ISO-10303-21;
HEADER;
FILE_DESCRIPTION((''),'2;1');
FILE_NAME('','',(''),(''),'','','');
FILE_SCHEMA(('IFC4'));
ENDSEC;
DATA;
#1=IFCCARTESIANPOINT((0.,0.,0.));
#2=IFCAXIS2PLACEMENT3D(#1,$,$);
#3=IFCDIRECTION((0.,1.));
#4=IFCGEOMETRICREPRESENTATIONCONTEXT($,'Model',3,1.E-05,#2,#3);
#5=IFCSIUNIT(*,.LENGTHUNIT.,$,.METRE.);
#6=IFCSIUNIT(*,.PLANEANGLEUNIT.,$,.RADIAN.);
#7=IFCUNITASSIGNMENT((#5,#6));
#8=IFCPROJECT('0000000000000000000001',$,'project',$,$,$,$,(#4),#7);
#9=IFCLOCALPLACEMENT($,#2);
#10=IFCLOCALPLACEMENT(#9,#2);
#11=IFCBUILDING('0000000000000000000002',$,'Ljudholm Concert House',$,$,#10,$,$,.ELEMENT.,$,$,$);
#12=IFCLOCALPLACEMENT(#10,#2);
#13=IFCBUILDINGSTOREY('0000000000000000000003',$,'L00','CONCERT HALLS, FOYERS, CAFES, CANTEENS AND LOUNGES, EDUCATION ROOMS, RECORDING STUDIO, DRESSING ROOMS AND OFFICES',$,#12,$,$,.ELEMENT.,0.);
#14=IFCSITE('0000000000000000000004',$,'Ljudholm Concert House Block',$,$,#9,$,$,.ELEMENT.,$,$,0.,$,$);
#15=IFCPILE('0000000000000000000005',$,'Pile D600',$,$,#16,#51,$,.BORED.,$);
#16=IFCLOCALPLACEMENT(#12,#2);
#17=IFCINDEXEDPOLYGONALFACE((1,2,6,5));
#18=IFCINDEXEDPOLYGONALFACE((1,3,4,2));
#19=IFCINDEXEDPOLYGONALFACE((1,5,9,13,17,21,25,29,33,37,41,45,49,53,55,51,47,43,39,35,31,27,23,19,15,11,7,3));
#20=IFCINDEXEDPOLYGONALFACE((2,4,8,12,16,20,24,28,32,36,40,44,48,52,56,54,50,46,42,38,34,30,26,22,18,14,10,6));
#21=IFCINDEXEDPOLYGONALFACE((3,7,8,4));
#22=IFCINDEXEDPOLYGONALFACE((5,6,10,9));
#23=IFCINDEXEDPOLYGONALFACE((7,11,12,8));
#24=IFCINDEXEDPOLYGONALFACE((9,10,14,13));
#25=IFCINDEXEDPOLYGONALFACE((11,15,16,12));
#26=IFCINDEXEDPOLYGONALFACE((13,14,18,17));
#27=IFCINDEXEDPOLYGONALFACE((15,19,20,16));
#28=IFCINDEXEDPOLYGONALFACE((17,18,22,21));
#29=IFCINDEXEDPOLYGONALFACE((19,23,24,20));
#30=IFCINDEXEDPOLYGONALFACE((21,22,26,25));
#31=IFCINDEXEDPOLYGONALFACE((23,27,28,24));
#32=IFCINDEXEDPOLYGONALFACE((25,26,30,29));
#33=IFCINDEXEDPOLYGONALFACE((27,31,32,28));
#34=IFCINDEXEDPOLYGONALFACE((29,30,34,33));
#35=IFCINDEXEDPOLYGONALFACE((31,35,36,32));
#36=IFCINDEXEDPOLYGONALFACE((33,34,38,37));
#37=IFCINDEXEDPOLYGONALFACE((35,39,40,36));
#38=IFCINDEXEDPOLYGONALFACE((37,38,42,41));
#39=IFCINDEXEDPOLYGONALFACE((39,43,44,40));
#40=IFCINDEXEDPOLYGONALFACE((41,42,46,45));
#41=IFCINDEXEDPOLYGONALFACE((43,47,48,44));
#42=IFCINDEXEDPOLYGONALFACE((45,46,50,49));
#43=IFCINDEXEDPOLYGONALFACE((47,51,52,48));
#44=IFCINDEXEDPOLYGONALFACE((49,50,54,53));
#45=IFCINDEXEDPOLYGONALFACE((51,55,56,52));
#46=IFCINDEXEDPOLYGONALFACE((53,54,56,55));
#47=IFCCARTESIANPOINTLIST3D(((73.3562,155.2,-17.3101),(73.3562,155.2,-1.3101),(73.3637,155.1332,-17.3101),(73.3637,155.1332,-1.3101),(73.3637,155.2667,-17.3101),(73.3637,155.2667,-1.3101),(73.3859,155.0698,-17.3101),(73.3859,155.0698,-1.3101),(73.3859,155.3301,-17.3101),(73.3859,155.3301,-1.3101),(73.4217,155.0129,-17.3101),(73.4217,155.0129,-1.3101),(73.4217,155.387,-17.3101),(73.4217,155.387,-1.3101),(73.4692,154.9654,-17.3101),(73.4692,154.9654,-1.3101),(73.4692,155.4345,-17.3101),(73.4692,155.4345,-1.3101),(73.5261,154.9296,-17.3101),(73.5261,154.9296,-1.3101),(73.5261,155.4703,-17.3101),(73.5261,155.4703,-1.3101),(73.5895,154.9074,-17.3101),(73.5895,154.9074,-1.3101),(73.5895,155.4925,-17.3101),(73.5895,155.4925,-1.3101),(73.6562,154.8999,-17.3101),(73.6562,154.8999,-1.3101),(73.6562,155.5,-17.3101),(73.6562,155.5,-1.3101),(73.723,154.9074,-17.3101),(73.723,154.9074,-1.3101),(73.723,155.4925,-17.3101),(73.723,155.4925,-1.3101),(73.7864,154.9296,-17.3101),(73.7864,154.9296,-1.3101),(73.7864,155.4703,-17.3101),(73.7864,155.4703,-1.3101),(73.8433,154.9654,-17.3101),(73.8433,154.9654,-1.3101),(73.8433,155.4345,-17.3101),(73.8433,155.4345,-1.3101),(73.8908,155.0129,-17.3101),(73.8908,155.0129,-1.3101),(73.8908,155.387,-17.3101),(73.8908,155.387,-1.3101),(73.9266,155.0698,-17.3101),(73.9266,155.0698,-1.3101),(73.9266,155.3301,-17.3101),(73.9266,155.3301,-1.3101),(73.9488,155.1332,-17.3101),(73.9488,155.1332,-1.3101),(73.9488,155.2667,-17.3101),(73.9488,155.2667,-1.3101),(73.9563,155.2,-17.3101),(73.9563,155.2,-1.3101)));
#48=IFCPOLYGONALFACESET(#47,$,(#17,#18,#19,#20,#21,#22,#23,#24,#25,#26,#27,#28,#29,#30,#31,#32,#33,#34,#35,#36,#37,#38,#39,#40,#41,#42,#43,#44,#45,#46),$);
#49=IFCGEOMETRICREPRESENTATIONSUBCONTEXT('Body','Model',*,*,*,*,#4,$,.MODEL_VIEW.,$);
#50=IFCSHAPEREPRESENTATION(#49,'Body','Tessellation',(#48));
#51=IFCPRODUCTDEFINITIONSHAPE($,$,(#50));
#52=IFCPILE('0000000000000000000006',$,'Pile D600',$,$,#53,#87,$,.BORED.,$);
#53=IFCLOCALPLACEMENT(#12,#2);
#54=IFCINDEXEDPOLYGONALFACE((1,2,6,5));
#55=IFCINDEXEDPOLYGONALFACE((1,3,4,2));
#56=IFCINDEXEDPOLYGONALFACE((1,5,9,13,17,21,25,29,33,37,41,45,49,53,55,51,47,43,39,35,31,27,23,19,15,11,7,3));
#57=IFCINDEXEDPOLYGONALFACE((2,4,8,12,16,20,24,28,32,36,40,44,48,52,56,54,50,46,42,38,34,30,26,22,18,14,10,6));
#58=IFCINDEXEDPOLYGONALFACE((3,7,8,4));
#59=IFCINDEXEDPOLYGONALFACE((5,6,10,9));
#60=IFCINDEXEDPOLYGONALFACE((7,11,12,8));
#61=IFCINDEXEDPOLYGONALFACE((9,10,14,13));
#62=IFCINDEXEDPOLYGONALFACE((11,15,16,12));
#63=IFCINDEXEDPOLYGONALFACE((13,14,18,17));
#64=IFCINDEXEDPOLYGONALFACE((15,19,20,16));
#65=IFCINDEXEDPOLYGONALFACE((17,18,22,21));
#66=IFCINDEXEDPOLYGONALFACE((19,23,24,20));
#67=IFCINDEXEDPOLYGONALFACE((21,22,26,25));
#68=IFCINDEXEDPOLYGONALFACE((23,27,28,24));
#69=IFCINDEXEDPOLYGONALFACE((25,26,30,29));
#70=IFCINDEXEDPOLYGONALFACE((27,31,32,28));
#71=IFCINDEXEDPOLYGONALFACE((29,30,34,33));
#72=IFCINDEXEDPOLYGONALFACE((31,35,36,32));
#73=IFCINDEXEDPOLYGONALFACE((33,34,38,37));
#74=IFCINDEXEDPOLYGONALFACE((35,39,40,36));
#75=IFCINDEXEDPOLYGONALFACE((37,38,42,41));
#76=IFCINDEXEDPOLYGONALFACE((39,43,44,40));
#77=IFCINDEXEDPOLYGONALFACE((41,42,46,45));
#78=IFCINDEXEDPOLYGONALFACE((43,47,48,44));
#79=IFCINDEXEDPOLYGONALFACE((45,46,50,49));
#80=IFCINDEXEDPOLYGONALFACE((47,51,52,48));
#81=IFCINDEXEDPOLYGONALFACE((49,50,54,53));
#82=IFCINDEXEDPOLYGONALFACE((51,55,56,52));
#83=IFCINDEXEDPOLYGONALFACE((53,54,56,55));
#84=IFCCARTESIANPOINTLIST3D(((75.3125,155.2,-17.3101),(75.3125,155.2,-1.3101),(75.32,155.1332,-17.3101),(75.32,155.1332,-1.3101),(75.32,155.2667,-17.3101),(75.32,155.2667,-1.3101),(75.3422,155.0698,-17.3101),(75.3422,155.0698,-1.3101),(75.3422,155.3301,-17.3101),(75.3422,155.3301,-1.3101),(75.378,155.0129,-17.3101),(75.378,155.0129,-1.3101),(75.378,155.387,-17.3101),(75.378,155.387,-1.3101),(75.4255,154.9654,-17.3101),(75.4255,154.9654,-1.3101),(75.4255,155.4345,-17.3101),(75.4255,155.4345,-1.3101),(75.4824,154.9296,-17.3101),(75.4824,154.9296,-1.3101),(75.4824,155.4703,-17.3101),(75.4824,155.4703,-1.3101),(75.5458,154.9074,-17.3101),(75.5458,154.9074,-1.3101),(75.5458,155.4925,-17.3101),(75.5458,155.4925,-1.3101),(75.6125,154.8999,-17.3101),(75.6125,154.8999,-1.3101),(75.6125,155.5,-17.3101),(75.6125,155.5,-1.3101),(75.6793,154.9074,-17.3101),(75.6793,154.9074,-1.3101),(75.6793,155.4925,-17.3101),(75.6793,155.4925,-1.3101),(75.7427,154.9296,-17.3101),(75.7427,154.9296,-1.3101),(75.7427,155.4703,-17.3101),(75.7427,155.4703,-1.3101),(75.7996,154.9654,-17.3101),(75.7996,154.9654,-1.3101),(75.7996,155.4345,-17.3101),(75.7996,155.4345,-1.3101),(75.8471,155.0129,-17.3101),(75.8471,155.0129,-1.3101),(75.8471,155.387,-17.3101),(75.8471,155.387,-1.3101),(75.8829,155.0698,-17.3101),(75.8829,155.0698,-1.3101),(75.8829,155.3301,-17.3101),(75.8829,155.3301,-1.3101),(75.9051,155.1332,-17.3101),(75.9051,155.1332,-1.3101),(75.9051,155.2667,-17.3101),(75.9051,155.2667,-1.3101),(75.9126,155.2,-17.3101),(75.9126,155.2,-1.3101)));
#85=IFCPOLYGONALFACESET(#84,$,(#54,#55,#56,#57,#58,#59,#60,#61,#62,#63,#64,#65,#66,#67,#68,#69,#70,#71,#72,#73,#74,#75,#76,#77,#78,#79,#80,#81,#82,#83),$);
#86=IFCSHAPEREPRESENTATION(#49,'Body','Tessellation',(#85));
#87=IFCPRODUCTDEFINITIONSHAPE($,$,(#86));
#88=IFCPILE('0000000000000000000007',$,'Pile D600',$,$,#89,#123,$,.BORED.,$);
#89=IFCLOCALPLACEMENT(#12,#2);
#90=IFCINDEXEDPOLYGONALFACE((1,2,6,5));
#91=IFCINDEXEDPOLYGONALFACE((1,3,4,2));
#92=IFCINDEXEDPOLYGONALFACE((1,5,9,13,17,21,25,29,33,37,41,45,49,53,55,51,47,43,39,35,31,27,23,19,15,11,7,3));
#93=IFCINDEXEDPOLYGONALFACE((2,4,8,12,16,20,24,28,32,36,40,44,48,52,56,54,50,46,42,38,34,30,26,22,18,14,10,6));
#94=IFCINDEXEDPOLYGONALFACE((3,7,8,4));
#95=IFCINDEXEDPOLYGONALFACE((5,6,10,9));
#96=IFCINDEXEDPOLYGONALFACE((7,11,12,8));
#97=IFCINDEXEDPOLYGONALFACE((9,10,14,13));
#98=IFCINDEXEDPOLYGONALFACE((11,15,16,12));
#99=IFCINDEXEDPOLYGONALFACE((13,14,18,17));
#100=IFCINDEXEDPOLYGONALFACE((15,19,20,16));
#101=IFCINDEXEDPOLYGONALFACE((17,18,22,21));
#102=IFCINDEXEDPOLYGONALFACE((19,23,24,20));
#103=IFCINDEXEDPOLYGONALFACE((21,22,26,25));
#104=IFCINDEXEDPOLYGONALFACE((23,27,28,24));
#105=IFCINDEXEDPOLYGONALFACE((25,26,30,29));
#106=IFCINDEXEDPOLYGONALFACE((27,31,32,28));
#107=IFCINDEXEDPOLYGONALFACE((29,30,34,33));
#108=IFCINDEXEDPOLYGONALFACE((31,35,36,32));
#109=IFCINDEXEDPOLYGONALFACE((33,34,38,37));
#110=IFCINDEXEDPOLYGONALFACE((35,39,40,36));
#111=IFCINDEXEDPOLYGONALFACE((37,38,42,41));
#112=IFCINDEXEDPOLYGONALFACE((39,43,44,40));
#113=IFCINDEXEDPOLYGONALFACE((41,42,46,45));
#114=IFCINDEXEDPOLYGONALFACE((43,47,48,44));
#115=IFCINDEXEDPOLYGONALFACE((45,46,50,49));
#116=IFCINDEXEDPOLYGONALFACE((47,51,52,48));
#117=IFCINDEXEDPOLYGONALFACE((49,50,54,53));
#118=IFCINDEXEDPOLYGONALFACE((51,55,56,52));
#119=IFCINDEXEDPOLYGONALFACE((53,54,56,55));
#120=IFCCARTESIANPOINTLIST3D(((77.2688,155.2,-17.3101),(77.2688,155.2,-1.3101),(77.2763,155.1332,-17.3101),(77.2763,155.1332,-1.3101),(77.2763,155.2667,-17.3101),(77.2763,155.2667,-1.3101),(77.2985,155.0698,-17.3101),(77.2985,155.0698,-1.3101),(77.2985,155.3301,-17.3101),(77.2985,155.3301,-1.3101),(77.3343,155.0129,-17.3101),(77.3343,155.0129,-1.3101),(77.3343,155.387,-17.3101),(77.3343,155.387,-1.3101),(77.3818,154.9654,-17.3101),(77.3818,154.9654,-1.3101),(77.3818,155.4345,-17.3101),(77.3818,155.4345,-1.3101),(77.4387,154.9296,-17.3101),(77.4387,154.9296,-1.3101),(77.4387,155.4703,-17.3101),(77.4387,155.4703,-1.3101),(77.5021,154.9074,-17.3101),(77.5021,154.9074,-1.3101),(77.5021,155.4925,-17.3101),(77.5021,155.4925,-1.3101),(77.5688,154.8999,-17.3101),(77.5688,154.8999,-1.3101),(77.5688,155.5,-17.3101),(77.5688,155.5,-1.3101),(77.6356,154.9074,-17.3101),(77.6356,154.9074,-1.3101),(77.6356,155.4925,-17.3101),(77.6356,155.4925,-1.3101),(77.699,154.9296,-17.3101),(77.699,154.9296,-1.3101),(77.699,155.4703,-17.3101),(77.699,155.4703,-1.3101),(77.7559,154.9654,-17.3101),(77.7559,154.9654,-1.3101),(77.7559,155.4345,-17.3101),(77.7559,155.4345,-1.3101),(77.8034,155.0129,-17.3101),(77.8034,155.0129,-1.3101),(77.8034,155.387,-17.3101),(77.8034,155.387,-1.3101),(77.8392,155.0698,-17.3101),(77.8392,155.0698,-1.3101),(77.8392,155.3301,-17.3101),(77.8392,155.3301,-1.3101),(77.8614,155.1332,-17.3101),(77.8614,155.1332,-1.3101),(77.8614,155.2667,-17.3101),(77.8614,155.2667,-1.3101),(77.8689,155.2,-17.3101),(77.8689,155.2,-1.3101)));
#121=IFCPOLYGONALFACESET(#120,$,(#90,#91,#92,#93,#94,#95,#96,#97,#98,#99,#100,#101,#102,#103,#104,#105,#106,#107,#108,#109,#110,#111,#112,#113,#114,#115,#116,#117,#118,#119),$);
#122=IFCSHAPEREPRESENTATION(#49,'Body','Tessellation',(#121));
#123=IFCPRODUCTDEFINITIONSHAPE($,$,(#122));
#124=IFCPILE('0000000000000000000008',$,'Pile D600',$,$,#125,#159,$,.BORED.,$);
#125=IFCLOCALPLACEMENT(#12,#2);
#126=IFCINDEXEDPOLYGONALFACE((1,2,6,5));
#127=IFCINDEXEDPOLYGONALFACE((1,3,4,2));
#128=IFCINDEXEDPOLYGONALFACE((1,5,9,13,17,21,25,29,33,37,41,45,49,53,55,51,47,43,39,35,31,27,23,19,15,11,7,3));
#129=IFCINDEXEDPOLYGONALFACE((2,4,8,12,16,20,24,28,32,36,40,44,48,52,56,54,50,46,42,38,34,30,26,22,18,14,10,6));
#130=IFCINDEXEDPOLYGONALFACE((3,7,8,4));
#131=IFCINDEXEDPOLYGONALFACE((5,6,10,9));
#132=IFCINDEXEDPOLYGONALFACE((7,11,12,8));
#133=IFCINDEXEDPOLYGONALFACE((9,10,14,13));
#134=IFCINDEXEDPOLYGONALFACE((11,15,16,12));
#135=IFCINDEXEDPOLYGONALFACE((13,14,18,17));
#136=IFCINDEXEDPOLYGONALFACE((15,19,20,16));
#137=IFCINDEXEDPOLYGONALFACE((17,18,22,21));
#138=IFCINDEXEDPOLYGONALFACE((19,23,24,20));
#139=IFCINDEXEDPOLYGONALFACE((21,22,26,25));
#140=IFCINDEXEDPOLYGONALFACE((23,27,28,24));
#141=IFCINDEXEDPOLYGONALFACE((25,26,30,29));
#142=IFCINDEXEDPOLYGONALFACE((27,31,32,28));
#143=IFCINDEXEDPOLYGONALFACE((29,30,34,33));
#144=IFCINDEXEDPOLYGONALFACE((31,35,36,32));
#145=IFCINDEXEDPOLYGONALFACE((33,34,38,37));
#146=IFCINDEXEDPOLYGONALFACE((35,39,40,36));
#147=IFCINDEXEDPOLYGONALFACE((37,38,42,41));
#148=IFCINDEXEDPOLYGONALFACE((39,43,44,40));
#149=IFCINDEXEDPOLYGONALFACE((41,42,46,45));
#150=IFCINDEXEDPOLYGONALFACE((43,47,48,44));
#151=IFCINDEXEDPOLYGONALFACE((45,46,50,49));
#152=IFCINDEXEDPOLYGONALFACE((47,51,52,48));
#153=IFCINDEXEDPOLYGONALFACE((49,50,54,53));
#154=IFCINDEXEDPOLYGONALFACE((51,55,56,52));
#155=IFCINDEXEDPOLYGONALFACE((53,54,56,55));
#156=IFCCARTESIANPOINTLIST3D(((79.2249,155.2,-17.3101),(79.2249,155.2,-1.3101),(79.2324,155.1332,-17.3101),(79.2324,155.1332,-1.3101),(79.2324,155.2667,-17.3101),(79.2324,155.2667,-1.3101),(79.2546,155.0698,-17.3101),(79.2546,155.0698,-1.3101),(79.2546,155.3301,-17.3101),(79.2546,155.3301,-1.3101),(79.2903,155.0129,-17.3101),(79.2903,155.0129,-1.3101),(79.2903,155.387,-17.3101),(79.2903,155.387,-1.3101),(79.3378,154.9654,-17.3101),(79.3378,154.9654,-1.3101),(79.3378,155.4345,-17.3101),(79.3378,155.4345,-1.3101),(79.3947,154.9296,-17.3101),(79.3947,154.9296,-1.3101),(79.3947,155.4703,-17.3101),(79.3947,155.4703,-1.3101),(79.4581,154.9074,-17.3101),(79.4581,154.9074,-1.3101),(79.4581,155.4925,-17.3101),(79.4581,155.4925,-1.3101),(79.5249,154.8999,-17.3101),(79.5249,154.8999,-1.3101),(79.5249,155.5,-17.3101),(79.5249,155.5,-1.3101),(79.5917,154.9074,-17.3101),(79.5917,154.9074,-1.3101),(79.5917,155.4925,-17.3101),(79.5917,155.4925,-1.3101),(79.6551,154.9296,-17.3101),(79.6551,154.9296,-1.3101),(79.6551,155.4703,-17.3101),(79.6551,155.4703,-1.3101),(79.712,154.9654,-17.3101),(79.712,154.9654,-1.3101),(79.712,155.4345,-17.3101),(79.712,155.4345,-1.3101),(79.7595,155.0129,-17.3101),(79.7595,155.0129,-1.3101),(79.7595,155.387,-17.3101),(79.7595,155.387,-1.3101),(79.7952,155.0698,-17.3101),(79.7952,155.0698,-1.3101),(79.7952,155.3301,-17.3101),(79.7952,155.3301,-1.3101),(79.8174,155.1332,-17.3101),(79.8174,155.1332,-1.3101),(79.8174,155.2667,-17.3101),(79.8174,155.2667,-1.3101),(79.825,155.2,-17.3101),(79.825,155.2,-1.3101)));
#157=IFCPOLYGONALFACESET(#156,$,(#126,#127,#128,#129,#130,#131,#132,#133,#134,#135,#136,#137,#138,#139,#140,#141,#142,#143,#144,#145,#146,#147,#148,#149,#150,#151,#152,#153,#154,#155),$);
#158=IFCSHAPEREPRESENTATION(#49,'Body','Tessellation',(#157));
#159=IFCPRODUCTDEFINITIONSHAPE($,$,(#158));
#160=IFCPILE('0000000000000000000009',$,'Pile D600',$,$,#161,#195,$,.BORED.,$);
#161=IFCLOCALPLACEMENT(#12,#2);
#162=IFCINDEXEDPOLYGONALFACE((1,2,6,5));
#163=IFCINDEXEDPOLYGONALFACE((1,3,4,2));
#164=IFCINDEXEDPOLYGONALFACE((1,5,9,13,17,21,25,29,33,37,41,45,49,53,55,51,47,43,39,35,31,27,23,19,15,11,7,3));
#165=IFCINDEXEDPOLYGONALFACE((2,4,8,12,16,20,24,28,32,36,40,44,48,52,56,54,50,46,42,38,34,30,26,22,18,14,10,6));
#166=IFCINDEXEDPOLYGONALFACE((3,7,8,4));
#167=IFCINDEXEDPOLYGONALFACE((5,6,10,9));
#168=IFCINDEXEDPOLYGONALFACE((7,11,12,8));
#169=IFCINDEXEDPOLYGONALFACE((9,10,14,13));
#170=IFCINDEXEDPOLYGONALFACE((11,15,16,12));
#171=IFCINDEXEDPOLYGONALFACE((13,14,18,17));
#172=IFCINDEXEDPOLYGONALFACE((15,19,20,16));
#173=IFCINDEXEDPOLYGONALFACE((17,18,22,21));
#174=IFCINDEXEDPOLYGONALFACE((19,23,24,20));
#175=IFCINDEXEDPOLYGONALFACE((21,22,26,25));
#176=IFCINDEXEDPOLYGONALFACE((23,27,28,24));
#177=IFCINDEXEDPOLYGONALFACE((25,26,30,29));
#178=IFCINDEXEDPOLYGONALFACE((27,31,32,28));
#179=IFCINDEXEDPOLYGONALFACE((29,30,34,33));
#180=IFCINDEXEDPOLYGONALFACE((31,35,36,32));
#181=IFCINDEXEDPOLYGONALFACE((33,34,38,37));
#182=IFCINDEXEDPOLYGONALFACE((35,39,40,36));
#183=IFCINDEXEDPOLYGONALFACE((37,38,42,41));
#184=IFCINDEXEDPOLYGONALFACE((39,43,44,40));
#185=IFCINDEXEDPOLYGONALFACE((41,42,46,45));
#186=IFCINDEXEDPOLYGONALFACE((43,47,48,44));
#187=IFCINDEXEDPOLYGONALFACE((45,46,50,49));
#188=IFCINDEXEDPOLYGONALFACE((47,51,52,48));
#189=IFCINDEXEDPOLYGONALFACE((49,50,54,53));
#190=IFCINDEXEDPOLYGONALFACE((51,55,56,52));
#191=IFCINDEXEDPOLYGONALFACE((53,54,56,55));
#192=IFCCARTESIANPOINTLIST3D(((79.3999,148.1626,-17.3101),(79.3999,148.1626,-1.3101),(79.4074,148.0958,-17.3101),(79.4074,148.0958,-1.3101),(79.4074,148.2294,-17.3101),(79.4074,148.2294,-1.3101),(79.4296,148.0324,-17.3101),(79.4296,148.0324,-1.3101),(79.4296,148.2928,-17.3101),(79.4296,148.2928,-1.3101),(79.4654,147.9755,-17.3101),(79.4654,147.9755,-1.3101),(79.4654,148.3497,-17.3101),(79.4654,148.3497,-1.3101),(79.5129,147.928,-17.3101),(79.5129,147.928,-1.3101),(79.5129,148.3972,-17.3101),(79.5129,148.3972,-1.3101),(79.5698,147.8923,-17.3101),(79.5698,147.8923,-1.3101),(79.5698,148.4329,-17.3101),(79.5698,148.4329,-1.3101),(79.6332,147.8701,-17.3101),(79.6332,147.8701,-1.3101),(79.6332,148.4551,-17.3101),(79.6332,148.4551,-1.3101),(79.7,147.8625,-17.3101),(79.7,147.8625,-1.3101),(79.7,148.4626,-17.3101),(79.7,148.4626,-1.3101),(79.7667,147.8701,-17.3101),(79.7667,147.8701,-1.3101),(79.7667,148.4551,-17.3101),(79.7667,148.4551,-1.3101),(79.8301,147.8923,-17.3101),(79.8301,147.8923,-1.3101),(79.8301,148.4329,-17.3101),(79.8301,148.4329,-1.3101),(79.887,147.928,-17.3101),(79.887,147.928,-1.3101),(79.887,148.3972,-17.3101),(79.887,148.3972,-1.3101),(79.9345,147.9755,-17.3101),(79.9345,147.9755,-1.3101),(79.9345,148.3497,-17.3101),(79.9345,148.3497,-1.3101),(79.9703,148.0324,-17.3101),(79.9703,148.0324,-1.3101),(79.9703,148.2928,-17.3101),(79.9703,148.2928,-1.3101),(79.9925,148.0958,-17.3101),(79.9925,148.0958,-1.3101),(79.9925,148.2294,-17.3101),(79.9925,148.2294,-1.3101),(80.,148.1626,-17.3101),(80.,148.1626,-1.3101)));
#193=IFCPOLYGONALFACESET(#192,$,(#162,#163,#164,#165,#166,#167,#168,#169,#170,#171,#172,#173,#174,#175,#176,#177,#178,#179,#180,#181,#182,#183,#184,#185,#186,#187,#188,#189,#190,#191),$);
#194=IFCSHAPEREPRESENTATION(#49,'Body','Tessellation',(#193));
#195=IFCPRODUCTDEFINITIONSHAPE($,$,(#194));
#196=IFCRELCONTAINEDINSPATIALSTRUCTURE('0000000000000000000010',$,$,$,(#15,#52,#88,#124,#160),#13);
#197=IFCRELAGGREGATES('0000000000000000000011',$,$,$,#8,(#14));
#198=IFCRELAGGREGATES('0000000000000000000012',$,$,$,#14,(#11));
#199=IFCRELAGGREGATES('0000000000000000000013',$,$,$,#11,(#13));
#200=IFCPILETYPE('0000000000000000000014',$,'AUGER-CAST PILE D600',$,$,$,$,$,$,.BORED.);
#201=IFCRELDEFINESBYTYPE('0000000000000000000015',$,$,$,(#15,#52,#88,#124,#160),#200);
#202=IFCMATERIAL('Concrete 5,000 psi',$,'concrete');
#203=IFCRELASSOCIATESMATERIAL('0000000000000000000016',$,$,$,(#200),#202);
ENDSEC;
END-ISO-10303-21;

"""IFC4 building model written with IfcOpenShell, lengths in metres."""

from ifc_helpers import new_model, si_unit, direction, frame, origin, origin_2d, place, context, subcontext, project, spatial, circle, extrude, material, material_profile, profile_set, type_object, element, save


model = new_model("IFC4")

# Units and contexts
model_context = context("Model", 3, precision=1e-05, world=origin(), true_north=direction((0.0, 1.0)))
body_context = subcontext(model_context, "Body", "Model", "MODEL_VIEW")
ifc_project = project(units=[si_unit("LENGTHUNIT", "METRE"), si_unit("PLANEANGLEUNIT", "RADIAN")], contexts=[model_context])

# Site, building, storey
site_placement = place(None, origin())
site = spatial("IfcSite", under=ifc_project, at=site_placement, Name="Ljudholm Concert House Block", CompositionType="ELEMENT", RefElevation=0.0)
building_placement = place(site_placement, origin())
building = spatial("IfcBuilding", under=site, at=building_placement, Name="Ljudholm Concert House", CompositionType="ELEMENT")
storey_placement = place(building_placement, origin())
storey = spatial("IfcBuildingStorey", under=building, at=storey_placement, Name="L00", Description="CONCERT HALLS, FOYERS, CAFES, CANTEENS AND LOUNGES, EDUCATION ROOMS, RECORDING STUDIO, DRESSING ROOMS AND OFFICES", CompositionType="ELEMENT", Elevation=0.0)

# Piles
ifc_material_1 = material(Name="Concrete 5,000 psi", Category="concrete")
ifc_material_profile = material_profile(ifc_material_1, circle(Radius=0.3, at=origin_2d()), Name="AUGER-CAST PILE D600")
ifc_profile_set = profile_set([ifc_material_profile], Name="Concrete 5,000 psi")
pile_type = type_object("IfcPileType", Name="AUGER-CAST PILE D600", PredefinedType="BORED", material=ifc_profile_set)
for number, where, z_axis, x_axis, name in (
    (1, (73.6562, 155.2, -1.3101), (0.0, 0.0, -1.0), (1.0, 0.0, 0.0), "Pile D600"),
    (2, (75.6125, 155.2, -1.3101), (0.0, 0.0, -1.0), (1.0, 0.0, 0.0), "Pile D600"),
    (3, (77.5688, 155.2, -1.3101), (0.0, 0.0, -1.0), (1.0, 0.0, 0.0), "Pile D600"),
    (4, (79.5249, 155.2, -1.3101), (0.0, 0.0, -1.0), (1.0, 0.0, 0.0), "Pile D600"),
    (5, (79.7, 148.1626, -1.3101), (0.0, 0.0, -1.0), (1.0, 0.0, 0.0), "Pile D600"),
):
    element("IfcPile", number, at=place(storey_placement, frame(where, z_axis=z_axis, x_axis=x_axis)), inside=storey, type_object=pile_type, Name=name, PredefinedType="BORED", context=body_context, shape_type="SweptSolid", body=[
        extrude(circle(Radius=0.3, at=origin_2d()), origin(), (0.0, 0.0, 1.0), 16.0),
    ])

save(model, "model.ifc")
